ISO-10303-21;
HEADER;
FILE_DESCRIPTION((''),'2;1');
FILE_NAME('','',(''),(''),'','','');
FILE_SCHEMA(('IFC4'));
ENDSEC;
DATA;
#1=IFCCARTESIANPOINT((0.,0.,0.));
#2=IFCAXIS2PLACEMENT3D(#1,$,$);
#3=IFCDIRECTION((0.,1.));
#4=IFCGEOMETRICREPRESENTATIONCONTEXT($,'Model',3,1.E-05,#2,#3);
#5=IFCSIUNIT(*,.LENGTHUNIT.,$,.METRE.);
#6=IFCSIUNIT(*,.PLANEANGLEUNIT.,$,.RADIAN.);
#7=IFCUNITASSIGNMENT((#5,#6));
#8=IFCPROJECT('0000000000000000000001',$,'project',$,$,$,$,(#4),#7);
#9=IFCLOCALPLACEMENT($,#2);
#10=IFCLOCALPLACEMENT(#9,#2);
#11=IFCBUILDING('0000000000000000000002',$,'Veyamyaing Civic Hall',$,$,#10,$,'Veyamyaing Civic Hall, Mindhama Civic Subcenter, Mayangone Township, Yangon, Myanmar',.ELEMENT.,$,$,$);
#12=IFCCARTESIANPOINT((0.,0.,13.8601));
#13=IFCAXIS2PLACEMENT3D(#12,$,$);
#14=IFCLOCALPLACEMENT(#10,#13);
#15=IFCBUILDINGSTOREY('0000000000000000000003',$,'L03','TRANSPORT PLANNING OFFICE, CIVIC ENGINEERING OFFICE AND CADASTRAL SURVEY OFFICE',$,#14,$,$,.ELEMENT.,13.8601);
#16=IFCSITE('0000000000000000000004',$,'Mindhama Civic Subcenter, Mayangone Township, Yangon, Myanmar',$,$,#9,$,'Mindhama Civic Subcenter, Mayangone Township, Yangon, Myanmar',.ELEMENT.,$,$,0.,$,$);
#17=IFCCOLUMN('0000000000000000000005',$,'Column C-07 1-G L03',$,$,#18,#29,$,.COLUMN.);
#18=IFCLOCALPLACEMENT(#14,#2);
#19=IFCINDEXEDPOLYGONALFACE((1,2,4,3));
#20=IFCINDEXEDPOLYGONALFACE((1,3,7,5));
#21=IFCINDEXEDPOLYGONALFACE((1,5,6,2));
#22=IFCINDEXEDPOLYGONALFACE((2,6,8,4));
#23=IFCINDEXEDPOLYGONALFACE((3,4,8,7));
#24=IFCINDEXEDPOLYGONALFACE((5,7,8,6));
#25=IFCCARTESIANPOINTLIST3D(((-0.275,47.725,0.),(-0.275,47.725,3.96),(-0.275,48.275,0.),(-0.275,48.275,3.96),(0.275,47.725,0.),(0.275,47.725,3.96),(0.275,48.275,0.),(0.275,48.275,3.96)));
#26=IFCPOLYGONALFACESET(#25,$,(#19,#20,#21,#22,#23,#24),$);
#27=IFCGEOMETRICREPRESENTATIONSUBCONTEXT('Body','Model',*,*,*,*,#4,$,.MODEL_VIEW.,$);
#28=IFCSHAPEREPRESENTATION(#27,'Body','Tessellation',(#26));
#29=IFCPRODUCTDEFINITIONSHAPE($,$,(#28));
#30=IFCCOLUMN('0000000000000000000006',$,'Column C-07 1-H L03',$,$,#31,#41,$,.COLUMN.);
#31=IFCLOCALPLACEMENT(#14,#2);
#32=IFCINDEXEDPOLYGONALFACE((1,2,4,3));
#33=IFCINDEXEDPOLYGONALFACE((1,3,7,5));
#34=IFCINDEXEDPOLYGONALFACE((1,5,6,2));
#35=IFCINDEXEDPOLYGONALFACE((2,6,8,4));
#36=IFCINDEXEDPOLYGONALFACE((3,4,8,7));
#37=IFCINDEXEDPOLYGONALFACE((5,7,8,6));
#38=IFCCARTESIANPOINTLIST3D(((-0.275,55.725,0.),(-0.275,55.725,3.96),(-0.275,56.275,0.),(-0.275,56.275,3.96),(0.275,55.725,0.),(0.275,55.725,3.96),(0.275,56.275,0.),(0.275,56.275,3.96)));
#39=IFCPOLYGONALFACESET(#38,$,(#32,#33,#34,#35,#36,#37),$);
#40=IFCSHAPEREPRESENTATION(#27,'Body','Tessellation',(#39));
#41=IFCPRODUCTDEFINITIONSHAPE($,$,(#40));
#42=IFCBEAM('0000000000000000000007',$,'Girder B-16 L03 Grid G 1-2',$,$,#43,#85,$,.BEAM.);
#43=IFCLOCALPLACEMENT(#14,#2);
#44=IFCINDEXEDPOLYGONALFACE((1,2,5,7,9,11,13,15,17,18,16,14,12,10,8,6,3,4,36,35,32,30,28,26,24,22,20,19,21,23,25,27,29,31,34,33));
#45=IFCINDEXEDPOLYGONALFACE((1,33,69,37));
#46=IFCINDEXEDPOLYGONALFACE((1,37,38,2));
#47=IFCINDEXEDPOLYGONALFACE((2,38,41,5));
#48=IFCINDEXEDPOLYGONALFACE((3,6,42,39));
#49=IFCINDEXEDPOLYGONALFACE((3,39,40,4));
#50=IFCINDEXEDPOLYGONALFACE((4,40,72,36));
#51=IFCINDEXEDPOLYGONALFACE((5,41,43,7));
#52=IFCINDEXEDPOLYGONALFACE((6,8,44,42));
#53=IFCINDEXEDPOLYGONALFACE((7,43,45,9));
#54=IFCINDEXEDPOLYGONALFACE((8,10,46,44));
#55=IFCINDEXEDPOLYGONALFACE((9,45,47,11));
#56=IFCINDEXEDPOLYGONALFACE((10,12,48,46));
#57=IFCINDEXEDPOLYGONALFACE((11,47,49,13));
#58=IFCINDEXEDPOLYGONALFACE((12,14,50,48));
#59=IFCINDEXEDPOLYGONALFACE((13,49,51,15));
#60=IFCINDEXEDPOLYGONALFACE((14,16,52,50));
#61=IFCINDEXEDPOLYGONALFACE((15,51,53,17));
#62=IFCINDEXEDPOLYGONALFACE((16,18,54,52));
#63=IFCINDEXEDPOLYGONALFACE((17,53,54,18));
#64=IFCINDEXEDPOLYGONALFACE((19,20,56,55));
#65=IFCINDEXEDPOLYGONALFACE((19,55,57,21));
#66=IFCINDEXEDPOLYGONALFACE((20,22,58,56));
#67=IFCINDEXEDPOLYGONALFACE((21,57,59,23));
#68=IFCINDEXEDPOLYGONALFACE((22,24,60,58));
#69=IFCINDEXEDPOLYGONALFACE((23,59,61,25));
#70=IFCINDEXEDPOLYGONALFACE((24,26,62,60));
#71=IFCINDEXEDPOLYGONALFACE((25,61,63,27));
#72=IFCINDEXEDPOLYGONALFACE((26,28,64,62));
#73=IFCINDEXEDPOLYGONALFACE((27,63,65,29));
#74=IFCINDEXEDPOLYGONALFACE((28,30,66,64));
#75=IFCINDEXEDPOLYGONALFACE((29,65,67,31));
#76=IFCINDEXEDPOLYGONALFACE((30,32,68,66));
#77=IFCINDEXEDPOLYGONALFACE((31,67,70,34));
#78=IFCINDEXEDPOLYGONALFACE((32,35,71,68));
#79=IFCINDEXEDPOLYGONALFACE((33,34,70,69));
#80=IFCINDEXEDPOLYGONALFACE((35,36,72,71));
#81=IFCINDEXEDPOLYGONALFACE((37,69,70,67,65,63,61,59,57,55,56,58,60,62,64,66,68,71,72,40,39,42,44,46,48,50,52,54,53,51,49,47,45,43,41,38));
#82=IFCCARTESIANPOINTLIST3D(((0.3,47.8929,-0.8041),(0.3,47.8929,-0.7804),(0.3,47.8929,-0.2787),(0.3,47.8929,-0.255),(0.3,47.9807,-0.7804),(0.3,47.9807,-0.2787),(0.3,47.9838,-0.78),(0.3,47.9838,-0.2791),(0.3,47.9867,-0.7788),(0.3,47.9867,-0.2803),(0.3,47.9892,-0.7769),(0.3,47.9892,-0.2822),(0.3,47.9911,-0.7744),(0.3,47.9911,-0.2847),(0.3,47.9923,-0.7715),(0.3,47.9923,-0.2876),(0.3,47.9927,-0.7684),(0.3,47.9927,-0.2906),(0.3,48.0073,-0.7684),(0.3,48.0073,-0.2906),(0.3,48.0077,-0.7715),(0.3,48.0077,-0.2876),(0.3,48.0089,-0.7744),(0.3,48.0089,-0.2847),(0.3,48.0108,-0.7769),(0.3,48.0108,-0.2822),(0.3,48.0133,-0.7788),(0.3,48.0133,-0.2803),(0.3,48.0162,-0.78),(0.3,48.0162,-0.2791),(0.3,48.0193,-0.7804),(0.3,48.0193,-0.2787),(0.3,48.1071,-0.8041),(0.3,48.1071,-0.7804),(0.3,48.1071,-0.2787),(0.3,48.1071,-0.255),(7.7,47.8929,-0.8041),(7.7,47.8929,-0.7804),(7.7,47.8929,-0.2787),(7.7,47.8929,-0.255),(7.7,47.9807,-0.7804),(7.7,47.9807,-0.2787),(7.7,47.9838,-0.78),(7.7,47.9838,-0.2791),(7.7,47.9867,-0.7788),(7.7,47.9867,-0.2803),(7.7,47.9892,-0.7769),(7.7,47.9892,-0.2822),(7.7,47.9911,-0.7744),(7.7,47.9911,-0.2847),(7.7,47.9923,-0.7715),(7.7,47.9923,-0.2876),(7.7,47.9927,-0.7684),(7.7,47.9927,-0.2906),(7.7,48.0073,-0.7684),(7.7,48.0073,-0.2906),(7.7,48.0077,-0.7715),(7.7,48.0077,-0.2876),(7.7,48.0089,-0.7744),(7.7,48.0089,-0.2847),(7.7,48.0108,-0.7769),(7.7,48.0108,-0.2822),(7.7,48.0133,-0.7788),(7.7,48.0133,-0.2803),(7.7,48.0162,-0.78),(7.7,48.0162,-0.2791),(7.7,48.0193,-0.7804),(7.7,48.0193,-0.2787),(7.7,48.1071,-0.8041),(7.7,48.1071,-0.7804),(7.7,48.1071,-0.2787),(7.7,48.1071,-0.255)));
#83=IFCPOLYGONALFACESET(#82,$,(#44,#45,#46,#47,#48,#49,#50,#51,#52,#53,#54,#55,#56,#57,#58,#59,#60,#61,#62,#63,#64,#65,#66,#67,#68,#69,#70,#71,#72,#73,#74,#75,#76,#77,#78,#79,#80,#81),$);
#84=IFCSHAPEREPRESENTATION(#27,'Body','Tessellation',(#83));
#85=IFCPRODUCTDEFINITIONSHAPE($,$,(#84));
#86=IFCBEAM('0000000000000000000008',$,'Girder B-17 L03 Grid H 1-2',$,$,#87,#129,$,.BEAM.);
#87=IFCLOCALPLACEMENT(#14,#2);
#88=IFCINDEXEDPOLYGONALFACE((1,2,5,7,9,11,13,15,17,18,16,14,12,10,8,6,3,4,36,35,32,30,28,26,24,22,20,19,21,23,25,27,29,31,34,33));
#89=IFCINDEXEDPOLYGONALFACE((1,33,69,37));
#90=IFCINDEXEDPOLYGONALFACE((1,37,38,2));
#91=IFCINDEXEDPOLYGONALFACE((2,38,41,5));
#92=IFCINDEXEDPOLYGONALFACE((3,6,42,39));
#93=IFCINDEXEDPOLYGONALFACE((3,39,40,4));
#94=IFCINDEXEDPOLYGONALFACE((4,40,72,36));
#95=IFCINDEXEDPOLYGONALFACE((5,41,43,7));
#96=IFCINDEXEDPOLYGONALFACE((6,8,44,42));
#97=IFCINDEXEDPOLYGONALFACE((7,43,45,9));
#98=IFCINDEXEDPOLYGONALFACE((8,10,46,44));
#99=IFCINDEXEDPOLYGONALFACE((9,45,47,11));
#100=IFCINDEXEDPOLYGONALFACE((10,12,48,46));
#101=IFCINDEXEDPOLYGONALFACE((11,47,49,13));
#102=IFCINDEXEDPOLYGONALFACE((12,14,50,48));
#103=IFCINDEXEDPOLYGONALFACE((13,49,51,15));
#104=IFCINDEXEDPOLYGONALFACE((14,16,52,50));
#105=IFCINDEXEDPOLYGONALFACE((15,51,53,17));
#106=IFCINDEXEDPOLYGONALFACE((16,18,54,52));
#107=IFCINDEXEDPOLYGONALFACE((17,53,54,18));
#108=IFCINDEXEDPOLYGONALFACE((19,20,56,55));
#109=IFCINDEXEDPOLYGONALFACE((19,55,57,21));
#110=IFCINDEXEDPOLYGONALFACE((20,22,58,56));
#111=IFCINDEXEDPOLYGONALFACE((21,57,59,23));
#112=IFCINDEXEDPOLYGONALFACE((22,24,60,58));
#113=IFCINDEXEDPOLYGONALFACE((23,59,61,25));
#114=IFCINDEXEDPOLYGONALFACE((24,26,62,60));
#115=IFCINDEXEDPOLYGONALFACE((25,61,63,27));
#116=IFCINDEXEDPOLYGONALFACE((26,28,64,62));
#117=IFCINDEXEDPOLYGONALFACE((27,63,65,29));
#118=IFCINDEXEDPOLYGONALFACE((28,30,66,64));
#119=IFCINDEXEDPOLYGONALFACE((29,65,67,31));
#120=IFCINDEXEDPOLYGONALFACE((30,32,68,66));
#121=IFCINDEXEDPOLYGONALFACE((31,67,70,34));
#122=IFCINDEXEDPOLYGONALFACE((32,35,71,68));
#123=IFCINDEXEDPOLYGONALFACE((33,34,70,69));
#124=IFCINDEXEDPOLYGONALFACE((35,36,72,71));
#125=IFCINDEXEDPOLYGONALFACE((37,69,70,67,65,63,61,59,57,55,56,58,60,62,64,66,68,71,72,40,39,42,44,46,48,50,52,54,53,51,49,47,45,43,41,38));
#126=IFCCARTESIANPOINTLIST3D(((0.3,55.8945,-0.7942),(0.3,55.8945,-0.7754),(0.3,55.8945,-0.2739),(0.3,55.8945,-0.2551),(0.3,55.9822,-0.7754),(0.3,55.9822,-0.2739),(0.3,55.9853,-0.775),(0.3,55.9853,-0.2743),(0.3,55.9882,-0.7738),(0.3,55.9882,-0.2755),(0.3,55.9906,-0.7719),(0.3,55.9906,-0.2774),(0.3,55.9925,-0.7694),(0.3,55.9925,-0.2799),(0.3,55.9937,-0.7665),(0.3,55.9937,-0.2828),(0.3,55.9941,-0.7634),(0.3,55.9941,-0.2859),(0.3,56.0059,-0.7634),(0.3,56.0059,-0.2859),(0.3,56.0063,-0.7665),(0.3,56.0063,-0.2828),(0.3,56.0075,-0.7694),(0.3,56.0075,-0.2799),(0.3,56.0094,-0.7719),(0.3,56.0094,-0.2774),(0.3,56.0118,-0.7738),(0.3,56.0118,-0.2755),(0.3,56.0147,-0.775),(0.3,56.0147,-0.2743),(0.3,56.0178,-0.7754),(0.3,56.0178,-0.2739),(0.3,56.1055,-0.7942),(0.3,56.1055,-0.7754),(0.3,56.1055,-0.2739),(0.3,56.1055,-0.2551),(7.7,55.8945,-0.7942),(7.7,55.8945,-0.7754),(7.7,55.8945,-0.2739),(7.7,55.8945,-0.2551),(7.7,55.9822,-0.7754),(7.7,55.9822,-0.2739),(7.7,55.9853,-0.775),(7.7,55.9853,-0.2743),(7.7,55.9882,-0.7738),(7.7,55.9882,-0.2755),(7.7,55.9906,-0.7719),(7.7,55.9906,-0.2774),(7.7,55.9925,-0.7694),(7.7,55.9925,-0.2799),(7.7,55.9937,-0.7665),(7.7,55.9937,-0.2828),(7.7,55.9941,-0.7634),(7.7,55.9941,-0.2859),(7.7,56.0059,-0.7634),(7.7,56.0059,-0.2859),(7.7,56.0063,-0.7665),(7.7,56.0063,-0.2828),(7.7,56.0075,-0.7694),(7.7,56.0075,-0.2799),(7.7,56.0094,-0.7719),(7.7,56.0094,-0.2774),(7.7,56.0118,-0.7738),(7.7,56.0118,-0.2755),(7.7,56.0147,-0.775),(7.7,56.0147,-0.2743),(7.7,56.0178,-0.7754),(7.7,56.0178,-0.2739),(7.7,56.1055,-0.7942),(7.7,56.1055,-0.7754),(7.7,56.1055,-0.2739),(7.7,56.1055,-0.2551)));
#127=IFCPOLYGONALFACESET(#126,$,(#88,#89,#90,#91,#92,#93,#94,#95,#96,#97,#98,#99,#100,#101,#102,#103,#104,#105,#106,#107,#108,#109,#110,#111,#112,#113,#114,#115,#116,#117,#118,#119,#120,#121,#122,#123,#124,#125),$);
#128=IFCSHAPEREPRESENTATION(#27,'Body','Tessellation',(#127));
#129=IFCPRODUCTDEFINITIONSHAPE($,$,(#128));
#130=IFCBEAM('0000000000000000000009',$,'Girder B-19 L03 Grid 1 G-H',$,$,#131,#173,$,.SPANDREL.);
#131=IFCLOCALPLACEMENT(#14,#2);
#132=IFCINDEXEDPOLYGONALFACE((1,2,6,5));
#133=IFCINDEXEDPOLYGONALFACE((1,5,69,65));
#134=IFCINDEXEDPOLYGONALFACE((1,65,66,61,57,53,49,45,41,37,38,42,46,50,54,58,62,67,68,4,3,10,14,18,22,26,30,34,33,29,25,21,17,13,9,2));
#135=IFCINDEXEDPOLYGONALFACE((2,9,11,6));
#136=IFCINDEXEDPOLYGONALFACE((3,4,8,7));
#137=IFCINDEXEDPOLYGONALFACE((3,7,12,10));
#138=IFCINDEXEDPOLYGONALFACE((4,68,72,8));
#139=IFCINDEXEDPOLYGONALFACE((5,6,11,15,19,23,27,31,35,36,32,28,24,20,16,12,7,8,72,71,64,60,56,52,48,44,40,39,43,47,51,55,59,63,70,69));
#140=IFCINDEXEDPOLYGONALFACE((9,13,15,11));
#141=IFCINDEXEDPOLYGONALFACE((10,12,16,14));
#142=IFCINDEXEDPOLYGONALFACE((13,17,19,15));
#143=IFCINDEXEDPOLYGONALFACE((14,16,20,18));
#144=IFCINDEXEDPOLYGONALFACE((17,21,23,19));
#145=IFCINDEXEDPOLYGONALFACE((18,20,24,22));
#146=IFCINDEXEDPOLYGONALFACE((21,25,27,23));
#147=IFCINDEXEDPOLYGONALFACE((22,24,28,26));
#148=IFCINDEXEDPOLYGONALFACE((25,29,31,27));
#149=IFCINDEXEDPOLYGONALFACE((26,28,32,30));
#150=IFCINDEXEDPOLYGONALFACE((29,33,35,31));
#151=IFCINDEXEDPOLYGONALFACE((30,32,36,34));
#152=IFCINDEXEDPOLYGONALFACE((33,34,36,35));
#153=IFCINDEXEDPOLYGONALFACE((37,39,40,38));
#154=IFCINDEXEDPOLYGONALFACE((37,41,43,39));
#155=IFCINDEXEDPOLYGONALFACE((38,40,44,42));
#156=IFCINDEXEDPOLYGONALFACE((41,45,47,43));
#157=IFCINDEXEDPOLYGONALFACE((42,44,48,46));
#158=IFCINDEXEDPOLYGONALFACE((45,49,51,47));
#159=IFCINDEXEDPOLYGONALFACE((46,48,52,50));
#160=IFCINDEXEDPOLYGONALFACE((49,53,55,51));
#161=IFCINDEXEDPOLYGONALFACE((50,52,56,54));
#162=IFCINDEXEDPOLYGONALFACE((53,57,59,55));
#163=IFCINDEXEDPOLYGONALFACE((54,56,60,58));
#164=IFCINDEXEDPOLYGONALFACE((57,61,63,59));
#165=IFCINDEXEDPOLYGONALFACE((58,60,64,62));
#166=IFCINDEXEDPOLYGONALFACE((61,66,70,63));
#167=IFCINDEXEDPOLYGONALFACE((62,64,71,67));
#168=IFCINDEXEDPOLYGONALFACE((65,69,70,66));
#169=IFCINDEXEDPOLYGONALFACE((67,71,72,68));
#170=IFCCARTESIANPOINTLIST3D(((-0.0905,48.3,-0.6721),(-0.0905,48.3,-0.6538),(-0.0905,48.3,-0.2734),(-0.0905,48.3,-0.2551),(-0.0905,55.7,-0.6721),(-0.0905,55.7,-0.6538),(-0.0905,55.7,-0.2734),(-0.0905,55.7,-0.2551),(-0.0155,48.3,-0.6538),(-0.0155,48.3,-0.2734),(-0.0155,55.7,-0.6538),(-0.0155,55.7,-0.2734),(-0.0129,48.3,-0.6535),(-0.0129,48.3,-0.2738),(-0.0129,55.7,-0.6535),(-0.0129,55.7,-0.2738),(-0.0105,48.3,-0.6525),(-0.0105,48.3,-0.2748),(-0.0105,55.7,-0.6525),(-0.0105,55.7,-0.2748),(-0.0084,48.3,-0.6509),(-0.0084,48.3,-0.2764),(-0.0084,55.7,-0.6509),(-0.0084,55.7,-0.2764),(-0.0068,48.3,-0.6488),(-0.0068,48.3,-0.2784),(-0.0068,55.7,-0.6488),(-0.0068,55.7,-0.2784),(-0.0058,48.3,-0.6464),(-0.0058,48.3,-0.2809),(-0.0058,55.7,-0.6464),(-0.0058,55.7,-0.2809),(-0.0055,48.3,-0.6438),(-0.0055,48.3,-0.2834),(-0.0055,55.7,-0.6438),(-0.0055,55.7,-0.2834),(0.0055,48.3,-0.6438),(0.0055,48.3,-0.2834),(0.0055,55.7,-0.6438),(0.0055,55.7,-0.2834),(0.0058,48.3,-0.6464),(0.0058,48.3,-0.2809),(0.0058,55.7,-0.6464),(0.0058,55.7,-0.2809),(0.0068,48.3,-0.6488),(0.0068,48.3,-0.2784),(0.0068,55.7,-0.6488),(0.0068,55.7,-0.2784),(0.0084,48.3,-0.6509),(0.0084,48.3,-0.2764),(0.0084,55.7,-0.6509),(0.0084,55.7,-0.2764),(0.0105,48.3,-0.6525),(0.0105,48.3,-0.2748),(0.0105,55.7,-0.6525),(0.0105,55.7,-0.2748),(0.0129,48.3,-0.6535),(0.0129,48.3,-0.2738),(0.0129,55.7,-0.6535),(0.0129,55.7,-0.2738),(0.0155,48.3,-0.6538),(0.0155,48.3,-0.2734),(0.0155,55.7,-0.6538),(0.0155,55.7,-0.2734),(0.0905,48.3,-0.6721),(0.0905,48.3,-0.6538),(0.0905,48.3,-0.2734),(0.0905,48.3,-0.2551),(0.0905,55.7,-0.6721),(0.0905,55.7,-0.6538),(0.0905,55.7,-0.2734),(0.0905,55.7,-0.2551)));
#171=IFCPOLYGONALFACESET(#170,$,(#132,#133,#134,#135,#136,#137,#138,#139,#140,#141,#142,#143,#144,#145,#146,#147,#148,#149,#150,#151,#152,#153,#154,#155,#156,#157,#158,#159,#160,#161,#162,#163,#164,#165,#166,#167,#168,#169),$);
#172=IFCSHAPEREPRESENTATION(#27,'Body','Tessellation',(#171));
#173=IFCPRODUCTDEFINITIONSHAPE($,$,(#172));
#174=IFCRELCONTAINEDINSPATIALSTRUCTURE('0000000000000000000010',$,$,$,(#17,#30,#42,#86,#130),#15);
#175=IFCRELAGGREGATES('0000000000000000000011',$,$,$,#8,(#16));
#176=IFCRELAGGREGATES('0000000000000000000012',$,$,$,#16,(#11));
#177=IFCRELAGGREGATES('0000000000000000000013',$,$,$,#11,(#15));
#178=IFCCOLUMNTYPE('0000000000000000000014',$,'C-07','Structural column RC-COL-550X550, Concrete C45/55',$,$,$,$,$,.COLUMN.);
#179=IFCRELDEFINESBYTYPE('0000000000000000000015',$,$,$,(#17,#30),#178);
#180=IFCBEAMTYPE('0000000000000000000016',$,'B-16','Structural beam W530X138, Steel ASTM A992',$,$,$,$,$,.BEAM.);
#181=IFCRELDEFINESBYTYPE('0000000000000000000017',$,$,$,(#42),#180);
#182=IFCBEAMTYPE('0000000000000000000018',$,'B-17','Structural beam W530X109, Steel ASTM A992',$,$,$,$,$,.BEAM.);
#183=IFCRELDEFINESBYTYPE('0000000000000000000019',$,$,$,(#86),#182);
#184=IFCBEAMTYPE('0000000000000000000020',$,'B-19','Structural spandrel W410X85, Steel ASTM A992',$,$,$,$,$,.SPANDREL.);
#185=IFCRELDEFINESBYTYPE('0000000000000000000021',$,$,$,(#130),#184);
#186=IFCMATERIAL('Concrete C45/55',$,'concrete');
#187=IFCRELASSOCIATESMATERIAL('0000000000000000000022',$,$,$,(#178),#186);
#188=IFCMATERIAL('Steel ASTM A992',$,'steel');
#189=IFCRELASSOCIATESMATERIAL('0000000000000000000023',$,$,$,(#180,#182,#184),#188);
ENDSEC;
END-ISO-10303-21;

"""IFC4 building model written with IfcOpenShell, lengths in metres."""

from ifc_helpers import new_model, si_unit, direction, frame, origin, origin_2d, place, context, subcontext, project, spatial, rectangle, i_section, extrude, material, material_profile, profile_set, type_object, element, save


model = new_model("IFC4")

# Units and contexts
model_context = context("Model", 3, precision=1e-05, world=origin(), true_north=direction((0.0, 1.0)))
body_context = subcontext(model_context, "Body", "Model", "MODEL_VIEW")
ifc_project = project(units=[si_unit("LENGTHUNIT", "METRE"), si_unit("PLANEANGLEUNIT", "RADIAN")], contexts=[model_context])

# Site, building, storey
site_placement = place(None, origin())
site = spatial("IfcSite", under=ifc_project, at=site_placement, Name="Mindhama Civic Subcenter, Mayangone Township, Yangon, Myanmar", LongName="Mindhama Civic Subcenter, Mayangone Township, Yangon, Myanmar", CompositionType="ELEMENT", RefElevation=0.0)
building_placement = place(site_placement, origin())
building = spatial("IfcBuilding", under=site, at=building_placement, Name="Veyamyaing Civic Hall", LongName="Veyamyaing Civic Hall, Mindhama Civic Subcenter, Mayangone Township, Yangon, Myanmar", CompositionType="ELEMENT")
storey_placement = place(building_placement, frame((0.0, 0.0, 13.8601)))
storey = spatial("IfcBuildingStorey", under=building, at=storey_placement, Name="L03", Description="TRANSPORT PLANNING OFFICE, CIVIC ENGINEERING OFFICE AND CADASTRAL SURVEY OFFICE", CompositionType="ELEMENT", Elevation=13.8601)

# Columns
ifc_material_1 = material(Name="Concrete C45/55", Category="concrete")
ifc_material_profile_1 = material_profile(ifc_material_1, rectangle(XDim=0.55, YDim=0.55, at=origin_2d()), Name="RC-COL-550X550")
ifc_profile_set_1 = profile_set([ifc_material_profile_1], Name="Concrete C45/55")
column_type = type_object("IfcColumnType", Name="C-07", Description="Structural column RC-COL-550X550, Concrete C45/55", PredefinedType="COLUMN", material=ifc_profile_set_1)
for number, where, z_axis, x_axis, name in (
    (1, (0.0, 48.0, 0.0), (0.0, 0.0, 1.0), (1.0, 0.0, 0.0), "Column C-07 1-G L03"),
    (2, (0.0, 56.0, 0.0), (0.0, 0.0, 1.0), (1.0, 0.0, 0.0), "Column C-07 1-H L03"),
):
    element("IfcColumn", number, at=place(storey_placement, frame(where, z_axis=z_axis, x_axis=x_axis)), inside=storey, type_object=column_type, Name=name, PredefinedType="COLUMN", context=body_context, shape_type="SweptSolid", body=[
        extrude(rectangle(XDim=0.55, YDim=0.55, at=origin_2d()), origin(), (0.0, 0.0, 1.0), 3.96),
    ])

# Beams
ifc_material_2 = material(Name="Steel ASTM A992", Category="steel")
ifc_material_profile_2 = material_profile(ifc_material_2, i_section(OverallWidth=0.2141, OverallDepth=0.5491, WebThickness=0.0146, FlangeThickness=0.0237, FilletRadius=0.012, at=origin_2d()), Name="W530X138")
ifc_profile_set_2 = profile_set([ifc_material_profile_2], Name="Steel ASTM A992")
beam_type_1 = type_object("IfcBeamType", Name="B-16", Description="Structural beam W530X138, Steel ASTM A992", PredefinedType="BEAM", material=ifc_profile_set_2)
beam_1_placement = place(storey_placement, frame((0.3, 48.0, -0.5295), z_axis=(1.0, 0.0, 0.0), x_axis=(0.0, 1.0, 0.0)))
element("IfcBeam", 3, at=beam_1_placement, inside=storey, type_object=beam_type_1, Name="Girder B-16 L03 Grid G 1-2", PredefinedType="BEAM", context=body_context, shape_type="SweptSolid", body=[
    extrude(i_section(OverallWidth=0.2141, OverallDepth=0.5491, WebThickness=0.0146, FlangeThickness=0.0237, FilletRadius=0.012, at=origin_2d()), origin(), (0.0, 0.0, 1.0), 7.3999),
])
ifc_material_profile_3 = material_profile(ifc_material_2, i_section(OverallWidth=0.2109, OverallDepth=0.5391, WebThickness=0.0117, FlangeThickness=0.0188, FilletRadius=0.012, at=origin_2d()), Name="W530X109")
ifc_profile_set_3 = profile_set([ifc_material_profile_3], Name="Steel ASTM A992")
beam_type_2 = type_object("IfcBeamType", Name="B-17", Description="Structural beam W530X109, Steel ASTM A992", PredefinedType="BEAM", material=ifc_profile_set_3)
beam_2_placement = place(storey_placement, frame((0.3, 56.0, -0.5247), z_axis=(1.0, 0.0, 0.0), x_axis=(0.0, 1.0, 0.0)))
element("IfcBeam", 4, at=beam_2_placement, inside=storey, type_object=beam_type_2, Name="Girder B-17 L03 Grid H 1-2", PredefinedType="BEAM", context=body_context, shape_type="SweptSolid", body=[
    extrude(i_section(OverallWidth=0.2109, OverallDepth=0.5391, WebThickness=0.0117, FlangeThickness=0.0188, FilletRadius=0.012, at=origin_2d()), origin(), (0.0, 0.0, 1.0), 7.3999),
])
ifc_material_profile_4 = material_profile(ifc_material_2, i_section(OverallWidth=0.1809, OverallDepth=0.417, WebThickness=0.011, FlangeThickness=0.0183, FilletRadius=0.01, at=origin_2d()), Name="W410X85")
ifc_profile_set_4 = profile_set([ifc_material_profile_4], Name="Steel ASTM A992")
beam_type_3 = type_object("IfcBeamType", Name="B-19", Description="Structural spandrel W410X85, Steel ASTM A992", PredefinedType="SPANDREL", material=ifc_profile_set_4)
beam_3_placement = place(storey_placement, frame((0.0, 48.3, -0.4636), z_axis=(0.0, 1.0, 0.0), x_axis=(-1.0, 0.0, 0.0)))
element("IfcBeam", 5, at=beam_3_placement, inside=storey, type_object=beam_type_3, Name="Girder B-19 L03 Grid 1 G-H", PredefinedType="SPANDREL", context=body_context, shape_type="SweptSolid", body=[
    extrude(i_section(OverallWidth=0.1809, OverallDepth=0.417, WebThickness=0.011, FlangeThickness=0.0183, FilletRadius=0.01, at=origin_2d()), origin(), (0.0, 0.0, 1.0), 7.3999),
])

save(model, "model.ifc")
